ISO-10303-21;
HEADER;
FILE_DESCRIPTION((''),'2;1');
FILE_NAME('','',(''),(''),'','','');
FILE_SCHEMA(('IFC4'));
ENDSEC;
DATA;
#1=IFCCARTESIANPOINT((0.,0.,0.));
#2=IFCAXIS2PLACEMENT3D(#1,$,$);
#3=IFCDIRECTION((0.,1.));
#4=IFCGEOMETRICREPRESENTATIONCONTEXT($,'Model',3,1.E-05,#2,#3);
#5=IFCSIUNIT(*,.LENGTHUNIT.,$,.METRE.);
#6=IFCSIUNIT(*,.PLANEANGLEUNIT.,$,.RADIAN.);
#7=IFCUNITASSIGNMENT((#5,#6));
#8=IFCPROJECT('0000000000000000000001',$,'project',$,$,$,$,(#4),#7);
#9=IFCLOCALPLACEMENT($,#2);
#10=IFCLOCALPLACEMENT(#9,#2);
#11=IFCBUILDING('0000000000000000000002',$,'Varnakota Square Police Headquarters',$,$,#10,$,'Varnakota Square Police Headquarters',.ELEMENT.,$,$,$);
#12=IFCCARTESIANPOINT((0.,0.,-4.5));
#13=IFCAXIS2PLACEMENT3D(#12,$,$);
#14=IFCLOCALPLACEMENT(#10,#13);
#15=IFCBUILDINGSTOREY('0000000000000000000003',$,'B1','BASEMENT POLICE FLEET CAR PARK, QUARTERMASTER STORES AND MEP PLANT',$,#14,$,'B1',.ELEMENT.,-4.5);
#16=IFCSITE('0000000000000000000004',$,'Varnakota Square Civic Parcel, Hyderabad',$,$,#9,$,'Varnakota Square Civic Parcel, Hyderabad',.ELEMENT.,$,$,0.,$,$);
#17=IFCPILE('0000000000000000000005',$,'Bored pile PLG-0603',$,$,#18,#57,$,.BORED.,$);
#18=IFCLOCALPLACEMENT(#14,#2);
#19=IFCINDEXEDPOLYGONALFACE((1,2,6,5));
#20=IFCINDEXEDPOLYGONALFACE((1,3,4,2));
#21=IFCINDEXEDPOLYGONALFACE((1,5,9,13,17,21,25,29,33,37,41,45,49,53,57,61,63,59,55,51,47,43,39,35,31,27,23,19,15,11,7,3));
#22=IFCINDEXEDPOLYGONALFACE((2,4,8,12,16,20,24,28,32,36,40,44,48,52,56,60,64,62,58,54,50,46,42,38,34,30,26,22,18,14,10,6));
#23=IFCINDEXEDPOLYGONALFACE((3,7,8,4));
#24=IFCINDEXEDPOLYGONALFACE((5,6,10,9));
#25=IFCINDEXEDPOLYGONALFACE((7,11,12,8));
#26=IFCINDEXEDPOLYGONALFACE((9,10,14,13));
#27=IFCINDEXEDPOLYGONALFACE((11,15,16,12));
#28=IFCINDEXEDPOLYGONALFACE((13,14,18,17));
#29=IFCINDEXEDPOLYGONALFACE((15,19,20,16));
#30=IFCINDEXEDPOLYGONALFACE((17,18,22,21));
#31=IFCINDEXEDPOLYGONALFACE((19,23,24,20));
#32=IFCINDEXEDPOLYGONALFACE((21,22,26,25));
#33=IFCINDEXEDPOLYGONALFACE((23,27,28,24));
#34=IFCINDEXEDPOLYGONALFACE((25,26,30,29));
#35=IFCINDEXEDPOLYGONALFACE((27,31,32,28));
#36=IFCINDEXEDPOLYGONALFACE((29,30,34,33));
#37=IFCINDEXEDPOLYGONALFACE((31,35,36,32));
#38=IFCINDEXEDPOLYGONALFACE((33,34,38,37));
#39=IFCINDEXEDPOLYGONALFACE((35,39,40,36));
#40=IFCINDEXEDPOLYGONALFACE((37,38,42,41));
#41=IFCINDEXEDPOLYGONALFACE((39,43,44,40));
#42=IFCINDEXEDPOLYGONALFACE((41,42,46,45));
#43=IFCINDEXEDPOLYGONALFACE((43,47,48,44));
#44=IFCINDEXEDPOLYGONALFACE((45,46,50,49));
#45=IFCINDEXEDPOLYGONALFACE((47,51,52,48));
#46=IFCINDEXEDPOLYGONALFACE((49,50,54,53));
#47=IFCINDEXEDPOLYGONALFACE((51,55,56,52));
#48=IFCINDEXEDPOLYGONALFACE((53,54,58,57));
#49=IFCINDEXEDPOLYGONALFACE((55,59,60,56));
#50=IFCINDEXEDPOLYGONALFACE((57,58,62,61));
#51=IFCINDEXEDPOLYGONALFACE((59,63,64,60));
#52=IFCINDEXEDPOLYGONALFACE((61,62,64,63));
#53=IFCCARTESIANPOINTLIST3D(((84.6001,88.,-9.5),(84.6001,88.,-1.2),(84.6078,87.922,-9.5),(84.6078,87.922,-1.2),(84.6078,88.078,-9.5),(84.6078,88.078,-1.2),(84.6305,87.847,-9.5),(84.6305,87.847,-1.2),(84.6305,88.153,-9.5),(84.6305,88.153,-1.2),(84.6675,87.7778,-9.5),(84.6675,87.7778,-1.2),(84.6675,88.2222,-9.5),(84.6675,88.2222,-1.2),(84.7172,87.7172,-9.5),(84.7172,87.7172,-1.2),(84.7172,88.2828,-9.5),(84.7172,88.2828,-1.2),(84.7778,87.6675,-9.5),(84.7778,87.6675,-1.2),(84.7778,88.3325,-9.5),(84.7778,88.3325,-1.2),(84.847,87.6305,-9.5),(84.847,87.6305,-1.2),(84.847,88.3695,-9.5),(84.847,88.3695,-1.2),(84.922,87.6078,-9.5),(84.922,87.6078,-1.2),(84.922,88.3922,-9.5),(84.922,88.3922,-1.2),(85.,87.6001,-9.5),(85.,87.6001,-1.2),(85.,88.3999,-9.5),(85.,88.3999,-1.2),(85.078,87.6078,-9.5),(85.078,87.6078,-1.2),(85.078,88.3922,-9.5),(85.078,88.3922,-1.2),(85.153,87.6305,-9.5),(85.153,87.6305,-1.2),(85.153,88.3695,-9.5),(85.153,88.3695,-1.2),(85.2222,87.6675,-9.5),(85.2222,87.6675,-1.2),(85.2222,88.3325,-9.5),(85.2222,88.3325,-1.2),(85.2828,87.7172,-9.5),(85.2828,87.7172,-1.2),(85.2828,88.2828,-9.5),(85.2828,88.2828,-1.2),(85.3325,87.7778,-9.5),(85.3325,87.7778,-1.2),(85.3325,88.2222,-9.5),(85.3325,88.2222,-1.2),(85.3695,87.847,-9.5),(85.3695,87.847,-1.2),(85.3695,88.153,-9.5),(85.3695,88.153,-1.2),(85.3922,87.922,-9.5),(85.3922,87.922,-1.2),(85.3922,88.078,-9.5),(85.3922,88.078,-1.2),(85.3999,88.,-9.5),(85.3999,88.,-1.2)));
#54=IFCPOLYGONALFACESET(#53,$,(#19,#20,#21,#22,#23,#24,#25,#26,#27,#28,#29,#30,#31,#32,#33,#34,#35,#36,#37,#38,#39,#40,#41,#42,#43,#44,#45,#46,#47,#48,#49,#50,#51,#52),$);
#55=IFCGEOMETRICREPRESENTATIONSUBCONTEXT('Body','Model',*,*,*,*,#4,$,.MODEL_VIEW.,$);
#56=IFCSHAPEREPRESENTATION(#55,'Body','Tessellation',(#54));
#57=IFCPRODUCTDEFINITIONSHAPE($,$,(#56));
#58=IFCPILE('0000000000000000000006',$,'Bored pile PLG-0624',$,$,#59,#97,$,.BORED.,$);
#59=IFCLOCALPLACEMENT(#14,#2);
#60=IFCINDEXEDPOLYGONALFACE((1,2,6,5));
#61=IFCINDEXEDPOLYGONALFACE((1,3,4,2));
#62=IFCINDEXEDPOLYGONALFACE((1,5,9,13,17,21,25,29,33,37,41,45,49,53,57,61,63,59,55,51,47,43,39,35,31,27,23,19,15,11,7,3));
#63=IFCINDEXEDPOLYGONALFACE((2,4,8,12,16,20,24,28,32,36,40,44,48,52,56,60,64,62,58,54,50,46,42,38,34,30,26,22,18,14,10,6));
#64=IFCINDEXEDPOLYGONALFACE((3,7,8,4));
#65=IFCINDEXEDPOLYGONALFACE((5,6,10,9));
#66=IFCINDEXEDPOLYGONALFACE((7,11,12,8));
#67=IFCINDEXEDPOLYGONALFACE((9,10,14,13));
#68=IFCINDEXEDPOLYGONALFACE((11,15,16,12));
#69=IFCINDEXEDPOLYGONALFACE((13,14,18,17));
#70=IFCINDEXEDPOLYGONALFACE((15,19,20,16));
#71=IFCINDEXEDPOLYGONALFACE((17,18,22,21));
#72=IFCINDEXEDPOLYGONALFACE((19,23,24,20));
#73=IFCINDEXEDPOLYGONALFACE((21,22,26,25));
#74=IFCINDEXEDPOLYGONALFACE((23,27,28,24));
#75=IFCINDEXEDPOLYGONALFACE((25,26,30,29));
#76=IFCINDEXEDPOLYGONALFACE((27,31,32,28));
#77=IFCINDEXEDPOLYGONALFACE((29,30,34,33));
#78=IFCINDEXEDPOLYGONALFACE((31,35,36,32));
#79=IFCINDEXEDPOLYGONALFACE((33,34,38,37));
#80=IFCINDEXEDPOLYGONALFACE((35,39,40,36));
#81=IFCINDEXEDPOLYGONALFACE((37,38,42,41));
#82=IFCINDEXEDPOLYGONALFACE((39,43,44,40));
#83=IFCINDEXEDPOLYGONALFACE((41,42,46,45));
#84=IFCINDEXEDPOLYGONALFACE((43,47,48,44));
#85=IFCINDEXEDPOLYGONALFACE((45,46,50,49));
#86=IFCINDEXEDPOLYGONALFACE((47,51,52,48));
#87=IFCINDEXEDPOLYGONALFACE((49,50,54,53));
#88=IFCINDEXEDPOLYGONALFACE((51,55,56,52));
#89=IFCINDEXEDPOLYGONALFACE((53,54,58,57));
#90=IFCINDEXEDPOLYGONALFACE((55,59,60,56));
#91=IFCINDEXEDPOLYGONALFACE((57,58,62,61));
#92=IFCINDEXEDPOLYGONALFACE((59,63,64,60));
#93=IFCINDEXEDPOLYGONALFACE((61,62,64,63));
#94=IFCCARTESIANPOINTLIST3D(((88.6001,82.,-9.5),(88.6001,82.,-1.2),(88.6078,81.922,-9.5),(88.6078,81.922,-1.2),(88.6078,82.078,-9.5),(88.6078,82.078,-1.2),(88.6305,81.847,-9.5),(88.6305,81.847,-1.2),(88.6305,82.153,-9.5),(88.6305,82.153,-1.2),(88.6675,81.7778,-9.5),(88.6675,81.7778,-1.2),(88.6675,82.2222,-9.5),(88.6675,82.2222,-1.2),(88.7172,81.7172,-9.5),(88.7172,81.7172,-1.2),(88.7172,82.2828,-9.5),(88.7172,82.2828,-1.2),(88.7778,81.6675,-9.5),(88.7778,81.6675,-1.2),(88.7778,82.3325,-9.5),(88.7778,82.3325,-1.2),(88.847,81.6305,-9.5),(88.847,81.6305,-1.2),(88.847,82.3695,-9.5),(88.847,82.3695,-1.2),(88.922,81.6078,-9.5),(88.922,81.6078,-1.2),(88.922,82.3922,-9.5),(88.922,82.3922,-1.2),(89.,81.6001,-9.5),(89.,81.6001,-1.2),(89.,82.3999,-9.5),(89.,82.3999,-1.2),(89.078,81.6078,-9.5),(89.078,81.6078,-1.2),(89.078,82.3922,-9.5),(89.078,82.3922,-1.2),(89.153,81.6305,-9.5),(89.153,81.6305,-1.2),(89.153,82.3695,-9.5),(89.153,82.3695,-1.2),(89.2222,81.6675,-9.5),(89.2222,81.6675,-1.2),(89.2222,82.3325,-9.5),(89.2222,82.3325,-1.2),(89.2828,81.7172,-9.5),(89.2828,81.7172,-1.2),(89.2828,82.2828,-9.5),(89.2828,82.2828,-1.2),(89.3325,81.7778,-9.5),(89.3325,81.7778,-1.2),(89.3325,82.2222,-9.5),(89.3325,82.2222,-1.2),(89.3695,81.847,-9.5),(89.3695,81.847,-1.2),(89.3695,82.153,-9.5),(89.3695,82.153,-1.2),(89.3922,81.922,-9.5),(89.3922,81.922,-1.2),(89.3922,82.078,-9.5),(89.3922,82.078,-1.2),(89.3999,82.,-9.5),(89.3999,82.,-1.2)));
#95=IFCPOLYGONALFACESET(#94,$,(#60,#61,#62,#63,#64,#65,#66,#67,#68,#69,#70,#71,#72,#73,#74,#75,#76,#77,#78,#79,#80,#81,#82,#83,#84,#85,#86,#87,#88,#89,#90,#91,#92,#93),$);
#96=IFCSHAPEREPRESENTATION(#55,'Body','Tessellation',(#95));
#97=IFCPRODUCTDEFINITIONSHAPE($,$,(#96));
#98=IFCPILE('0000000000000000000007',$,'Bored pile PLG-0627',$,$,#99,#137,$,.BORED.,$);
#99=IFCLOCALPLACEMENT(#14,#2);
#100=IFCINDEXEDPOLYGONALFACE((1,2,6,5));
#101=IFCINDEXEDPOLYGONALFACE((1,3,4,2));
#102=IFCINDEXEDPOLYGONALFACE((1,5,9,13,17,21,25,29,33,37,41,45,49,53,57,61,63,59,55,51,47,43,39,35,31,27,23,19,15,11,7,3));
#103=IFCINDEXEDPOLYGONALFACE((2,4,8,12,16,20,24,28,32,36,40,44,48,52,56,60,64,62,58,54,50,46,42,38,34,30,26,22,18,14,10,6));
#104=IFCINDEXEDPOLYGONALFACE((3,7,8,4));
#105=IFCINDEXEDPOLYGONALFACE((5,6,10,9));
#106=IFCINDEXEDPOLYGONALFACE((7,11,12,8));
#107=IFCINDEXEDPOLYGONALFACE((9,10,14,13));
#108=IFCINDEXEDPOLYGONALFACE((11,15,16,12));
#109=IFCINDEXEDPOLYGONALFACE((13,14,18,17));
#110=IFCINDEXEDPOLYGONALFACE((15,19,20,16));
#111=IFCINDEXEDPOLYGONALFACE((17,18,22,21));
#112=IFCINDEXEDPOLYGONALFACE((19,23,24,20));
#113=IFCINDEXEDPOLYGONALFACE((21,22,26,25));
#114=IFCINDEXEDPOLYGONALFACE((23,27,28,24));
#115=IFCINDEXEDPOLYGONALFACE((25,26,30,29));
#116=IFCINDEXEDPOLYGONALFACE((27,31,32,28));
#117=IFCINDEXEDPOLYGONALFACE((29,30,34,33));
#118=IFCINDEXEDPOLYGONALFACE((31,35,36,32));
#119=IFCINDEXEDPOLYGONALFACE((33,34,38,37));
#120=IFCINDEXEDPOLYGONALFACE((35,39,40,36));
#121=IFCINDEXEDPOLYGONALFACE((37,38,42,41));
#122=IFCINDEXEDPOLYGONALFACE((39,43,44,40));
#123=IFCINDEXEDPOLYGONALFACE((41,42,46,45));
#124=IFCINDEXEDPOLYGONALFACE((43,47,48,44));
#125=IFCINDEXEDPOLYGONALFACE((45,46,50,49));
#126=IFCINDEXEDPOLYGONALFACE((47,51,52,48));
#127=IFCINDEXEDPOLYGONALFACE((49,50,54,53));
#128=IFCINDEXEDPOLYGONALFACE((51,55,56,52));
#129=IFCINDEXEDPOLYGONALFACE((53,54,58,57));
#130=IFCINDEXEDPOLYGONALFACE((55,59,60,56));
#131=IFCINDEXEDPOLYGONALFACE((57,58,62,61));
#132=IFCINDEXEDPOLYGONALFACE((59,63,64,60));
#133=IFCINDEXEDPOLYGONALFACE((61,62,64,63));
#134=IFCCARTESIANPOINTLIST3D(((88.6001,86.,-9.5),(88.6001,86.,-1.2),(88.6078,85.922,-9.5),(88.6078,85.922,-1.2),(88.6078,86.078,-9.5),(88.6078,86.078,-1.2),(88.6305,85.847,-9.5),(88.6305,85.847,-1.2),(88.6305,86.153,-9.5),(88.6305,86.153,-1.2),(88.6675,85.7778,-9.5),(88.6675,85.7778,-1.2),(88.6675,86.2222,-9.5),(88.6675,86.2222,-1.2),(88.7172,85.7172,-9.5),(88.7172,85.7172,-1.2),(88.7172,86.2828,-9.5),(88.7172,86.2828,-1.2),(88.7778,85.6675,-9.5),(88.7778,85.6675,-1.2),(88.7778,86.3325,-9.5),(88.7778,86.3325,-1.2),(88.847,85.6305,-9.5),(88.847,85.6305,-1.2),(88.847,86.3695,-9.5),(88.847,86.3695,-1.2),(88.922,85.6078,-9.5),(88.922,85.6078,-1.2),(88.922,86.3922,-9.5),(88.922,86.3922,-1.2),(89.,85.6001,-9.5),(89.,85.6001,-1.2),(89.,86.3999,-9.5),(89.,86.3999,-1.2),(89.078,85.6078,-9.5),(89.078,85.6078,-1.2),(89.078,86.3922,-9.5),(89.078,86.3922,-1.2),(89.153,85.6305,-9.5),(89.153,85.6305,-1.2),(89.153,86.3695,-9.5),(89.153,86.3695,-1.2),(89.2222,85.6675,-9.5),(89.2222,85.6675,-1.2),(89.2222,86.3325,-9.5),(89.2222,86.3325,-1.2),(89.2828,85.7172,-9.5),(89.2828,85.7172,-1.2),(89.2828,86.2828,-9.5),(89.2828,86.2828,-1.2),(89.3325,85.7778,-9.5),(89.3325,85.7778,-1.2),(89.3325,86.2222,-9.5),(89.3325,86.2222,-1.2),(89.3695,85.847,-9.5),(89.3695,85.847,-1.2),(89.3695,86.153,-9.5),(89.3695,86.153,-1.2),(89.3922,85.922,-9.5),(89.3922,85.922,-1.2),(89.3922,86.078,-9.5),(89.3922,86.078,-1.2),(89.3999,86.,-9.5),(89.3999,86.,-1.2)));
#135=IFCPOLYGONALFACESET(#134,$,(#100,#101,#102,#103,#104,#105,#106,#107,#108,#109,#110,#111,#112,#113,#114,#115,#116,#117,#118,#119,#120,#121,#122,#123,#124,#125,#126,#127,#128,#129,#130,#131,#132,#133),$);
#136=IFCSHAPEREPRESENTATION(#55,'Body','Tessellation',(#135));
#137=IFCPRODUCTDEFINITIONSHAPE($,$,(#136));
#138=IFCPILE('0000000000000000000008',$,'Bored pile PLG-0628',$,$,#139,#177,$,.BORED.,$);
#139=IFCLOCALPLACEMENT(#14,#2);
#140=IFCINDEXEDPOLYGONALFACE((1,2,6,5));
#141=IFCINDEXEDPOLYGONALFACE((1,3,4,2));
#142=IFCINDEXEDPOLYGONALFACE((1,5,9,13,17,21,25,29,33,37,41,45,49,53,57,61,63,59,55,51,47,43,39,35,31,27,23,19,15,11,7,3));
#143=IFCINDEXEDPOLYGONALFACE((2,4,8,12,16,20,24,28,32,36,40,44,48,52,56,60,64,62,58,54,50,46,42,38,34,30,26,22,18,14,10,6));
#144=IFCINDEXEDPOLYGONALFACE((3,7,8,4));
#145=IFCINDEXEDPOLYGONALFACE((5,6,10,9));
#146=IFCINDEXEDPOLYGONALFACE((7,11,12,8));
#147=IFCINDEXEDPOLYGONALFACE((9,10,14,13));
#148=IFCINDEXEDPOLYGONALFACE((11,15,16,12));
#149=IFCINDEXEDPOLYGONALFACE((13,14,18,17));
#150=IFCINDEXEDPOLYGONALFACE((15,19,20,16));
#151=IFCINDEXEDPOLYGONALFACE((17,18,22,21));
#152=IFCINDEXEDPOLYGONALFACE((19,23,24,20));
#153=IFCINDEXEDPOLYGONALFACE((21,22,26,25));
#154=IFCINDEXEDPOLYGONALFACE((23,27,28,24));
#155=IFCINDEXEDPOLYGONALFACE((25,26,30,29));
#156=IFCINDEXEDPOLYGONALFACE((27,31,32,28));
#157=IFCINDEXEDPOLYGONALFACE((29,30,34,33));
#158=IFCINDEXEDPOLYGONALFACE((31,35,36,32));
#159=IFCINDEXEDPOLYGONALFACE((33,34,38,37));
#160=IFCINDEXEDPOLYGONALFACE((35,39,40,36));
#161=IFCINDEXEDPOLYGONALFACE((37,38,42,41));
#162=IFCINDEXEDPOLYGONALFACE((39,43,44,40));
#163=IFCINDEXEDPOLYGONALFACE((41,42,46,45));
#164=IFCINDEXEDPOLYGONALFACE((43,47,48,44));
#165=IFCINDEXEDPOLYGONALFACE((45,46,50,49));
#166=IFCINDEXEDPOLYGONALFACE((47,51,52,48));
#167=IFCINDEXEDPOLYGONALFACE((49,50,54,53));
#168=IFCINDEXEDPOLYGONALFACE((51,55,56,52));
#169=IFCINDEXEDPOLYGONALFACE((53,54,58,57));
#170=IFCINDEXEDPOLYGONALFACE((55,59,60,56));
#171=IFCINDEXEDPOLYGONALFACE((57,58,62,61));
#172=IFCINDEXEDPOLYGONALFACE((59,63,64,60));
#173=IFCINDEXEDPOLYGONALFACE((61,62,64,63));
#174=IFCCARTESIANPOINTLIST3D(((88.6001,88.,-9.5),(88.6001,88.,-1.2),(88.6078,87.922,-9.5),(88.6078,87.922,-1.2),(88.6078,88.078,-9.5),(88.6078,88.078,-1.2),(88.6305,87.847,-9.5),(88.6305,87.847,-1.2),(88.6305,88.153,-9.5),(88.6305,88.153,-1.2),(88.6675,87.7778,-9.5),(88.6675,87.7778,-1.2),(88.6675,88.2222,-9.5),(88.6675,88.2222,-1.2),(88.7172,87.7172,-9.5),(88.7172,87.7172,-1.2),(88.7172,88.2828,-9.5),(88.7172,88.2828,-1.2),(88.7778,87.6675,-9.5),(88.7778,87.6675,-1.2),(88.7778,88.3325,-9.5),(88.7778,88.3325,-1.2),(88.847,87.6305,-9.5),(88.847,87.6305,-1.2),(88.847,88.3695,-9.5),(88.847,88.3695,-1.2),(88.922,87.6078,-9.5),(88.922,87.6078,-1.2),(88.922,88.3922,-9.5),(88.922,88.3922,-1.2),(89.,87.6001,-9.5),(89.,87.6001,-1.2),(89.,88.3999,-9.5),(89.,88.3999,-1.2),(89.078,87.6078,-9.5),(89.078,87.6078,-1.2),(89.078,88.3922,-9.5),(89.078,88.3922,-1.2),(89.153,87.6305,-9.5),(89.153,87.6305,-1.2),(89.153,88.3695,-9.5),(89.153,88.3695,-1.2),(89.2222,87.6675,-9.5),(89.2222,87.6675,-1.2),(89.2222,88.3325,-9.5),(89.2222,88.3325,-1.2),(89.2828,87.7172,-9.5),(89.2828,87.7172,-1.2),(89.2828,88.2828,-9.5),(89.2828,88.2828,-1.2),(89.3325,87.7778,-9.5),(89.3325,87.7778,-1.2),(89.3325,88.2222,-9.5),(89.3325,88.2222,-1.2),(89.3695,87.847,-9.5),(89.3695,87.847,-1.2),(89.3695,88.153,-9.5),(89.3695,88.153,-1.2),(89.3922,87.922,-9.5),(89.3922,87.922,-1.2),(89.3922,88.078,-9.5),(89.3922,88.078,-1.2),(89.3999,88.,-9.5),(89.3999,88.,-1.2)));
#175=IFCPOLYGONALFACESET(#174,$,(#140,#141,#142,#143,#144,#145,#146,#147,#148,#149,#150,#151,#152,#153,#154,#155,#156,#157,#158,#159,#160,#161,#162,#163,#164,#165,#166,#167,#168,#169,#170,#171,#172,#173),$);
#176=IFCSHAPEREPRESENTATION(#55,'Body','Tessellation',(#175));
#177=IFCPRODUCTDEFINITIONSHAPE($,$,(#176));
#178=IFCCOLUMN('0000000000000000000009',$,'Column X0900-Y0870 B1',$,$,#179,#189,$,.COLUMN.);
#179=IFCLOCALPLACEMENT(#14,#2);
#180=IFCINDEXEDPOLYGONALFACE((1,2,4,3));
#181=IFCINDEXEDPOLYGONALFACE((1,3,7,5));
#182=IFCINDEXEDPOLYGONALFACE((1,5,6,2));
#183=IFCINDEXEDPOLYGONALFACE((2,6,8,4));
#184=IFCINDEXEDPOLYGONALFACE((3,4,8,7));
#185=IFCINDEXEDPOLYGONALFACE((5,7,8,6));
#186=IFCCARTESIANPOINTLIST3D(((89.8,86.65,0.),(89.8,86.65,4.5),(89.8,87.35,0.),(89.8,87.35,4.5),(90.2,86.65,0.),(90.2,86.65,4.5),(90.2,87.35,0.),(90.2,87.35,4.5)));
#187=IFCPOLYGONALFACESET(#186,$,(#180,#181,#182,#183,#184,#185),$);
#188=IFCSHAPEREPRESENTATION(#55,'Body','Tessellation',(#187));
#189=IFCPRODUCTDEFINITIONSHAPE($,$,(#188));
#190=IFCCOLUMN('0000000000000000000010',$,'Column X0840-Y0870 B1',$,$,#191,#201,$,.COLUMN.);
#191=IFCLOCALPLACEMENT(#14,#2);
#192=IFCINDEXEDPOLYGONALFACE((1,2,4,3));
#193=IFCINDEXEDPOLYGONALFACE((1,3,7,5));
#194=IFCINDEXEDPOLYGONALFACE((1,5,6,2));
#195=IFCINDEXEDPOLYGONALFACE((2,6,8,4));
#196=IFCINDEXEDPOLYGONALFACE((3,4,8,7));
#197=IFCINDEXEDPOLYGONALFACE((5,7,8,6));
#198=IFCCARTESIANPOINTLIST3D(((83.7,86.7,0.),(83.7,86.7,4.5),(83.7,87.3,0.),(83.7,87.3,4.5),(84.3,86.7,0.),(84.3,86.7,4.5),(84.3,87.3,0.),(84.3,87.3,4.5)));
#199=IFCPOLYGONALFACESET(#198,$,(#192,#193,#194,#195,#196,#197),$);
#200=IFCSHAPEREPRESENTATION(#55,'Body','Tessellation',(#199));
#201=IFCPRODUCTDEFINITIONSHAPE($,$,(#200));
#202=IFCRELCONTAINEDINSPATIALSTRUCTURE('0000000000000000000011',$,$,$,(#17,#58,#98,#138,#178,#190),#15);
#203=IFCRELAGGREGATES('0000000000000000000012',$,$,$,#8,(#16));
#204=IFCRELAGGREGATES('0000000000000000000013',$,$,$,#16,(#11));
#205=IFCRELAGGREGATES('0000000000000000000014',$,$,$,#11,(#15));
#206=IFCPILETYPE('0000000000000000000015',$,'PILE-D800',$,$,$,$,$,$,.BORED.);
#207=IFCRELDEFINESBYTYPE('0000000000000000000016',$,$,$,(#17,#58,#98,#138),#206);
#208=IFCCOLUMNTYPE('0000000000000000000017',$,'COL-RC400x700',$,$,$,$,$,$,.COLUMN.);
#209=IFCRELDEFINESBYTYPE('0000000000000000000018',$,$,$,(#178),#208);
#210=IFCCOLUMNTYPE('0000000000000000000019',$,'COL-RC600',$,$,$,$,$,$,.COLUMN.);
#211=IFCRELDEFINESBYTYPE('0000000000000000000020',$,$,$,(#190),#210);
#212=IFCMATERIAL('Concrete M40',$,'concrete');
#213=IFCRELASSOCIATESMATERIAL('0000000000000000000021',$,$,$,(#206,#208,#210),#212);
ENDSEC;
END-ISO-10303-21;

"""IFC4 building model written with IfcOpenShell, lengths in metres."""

from ifc_helpers import new_model, si_unit, direction, frame, origin, origin_2d, place, context, subcontext, project, spatial, rectangle, circle, extrude, material, material_profile, profile_set, type_object, element, save


model = new_model("IFC4")

# Units and contexts
model_context = context("Model", 3, precision=1e-05, world=origin(), true_north=direction((0.0, 1.0)))
body_context = subcontext(model_context, "Body", "Model", "MODEL_VIEW")
ifc_project = project(units=[si_unit("LENGTHUNIT", "METRE"), si_unit("PLANEANGLEUNIT", "RADIAN")], contexts=[model_context])

# Site, building, storey
site_placement = place(None, origin())
site = spatial("IfcSite", under=ifc_project, at=site_placement, Name="Varnakota Square Civic Parcel, Hyderabad", LongName="Varnakota Square Civic Parcel, Hyderabad", CompositionType="ELEMENT", RefElevation=0.0)
building_placement = place(site_placement, origin())
building = spatial("IfcBuilding", under=site, at=building_placement, Name="Varnakota Square Police Headquarters", LongName="Varnakota Square Police Headquarters", CompositionType="ELEMENT")
storey_placement = place(building_placement, frame((0.0, 0.0, -4.5)))
storey = spatial("IfcBuildingStorey", under=building, at=storey_placement, Name="B1", Description="BASEMENT POLICE FLEET CAR PARK, QUARTERMASTER STORES AND MEP PLANT", LongName="B1", CompositionType="ELEMENT", Elevation=-4.5)

# Shared definitions
ifc_material_1 = material(Name="Concrete M40", Category="concrete")

# Piles
ifc_material_profile_1 = material_profile(ifc_material_1, circle(Radius=0.3999, at=origin_2d()), Name="BORED PILE 800")
ifc_profile_set_1 = profile_set([ifc_material_profile_1], Name="Concrete M40")
pile_type = type_object("IfcPileType", Name="PILE-D800", PredefinedType="BORED", material=ifc_profile_set_1)
for number, where, z_axis, x_axis, name in (
    (1, (85.0, 88.0, -1.2), (0.0, 0.0, -1.0), (1.0, 0.0, 0.0), "Bored pile PLG-0603"),
    (2, (89.0, 82.0, -1.2), (0.0, 0.0, -1.0), (1.0, 0.0, 0.0), "Bored pile PLG-0624"),
    (3, (89.0, 86.0, -1.2), (0.0, 0.0, -1.0), (1.0, 0.0, 0.0), "Bored pile PLG-0627"),
    (4, (89.0, 88.0, -1.2), (0.0, 0.0, -1.0), (1.0, 0.0, 0.0), "Bored pile PLG-0628"),
):
    element("IfcPile", number, at=place(storey_placement, frame(where, z_axis=z_axis, x_axis=x_axis)), inside=storey, type_object=pile_type, Name=name, PredefinedType="BORED", context=body_context, shape_type="SweptSolid", body=[
        extrude(circle(Radius=0.3999, at=origin_2d()), origin(), (0.0, 0.0, 1.0), 8.3),
    ])

# Columns
ifc_material_profile_2 = material_profile(ifc_material_1, rectangle(XDim=0.3999, YDim=0.7, at=origin_2d()), Name="RC 400x700")
ifc_profile_set_2 = profile_set([ifc_material_profile_2], Name="Concrete M40")
column_type_1 = type_object("IfcColumnType", Name="COL-RC400x700", PredefinedType="COLUMN", material=ifc_profile_set_2)
column_1_placement = place(storey_placement, frame((90.0, 87.0, 0.0), z_axis=(0.0, 0.0, 1.0), x_axis=(1.0, 0.0, 0.0)))
element("IfcColumn", 5, at=column_1_placement, inside=storey, type_object=column_type_1, Name="Column X0900-Y0870 B1", PredefinedType="COLUMN", context=body_context, shape_type="SweptSolid", body=[
    extrude(rectangle(XDim=0.3999, YDim=0.7, at=origin_2d()), origin(), (0.0, 0.0, 1.0), 4.5),
])
ifc_material_profile_3 = material_profile(ifc_material_1, rectangle(XDim=0.6001, YDim=0.6001, at=origin_2d()), Name="RC 600x600")
ifc_profile_set_3 = profile_set([ifc_material_profile_3], Name="Concrete M40")
column_type_2 = type_object("IfcColumnType", Name="COL-RC600", PredefinedType="COLUMN", material=ifc_profile_set_3)
column_2_placement = place(storey_placement, frame((84.0, 87.0, 0.0), z_axis=(0.0, 0.0, 1.0), x_axis=(1.0, 0.0, 0.0)))
element("IfcColumn", 6, at=column_2_placement, inside=storey, type_object=column_type_2, Name="Column X0840-Y0870 B1", PredefinedType="COLUMN", context=body_context, shape_type="SweptSolid", body=[
    extrude(rectangle(XDim=0.6001, YDim=0.6001, at=origin_2d()), origin(), (0.0, 0.0, 1.0), 4.5),
])

save(model, "model.ifc")
